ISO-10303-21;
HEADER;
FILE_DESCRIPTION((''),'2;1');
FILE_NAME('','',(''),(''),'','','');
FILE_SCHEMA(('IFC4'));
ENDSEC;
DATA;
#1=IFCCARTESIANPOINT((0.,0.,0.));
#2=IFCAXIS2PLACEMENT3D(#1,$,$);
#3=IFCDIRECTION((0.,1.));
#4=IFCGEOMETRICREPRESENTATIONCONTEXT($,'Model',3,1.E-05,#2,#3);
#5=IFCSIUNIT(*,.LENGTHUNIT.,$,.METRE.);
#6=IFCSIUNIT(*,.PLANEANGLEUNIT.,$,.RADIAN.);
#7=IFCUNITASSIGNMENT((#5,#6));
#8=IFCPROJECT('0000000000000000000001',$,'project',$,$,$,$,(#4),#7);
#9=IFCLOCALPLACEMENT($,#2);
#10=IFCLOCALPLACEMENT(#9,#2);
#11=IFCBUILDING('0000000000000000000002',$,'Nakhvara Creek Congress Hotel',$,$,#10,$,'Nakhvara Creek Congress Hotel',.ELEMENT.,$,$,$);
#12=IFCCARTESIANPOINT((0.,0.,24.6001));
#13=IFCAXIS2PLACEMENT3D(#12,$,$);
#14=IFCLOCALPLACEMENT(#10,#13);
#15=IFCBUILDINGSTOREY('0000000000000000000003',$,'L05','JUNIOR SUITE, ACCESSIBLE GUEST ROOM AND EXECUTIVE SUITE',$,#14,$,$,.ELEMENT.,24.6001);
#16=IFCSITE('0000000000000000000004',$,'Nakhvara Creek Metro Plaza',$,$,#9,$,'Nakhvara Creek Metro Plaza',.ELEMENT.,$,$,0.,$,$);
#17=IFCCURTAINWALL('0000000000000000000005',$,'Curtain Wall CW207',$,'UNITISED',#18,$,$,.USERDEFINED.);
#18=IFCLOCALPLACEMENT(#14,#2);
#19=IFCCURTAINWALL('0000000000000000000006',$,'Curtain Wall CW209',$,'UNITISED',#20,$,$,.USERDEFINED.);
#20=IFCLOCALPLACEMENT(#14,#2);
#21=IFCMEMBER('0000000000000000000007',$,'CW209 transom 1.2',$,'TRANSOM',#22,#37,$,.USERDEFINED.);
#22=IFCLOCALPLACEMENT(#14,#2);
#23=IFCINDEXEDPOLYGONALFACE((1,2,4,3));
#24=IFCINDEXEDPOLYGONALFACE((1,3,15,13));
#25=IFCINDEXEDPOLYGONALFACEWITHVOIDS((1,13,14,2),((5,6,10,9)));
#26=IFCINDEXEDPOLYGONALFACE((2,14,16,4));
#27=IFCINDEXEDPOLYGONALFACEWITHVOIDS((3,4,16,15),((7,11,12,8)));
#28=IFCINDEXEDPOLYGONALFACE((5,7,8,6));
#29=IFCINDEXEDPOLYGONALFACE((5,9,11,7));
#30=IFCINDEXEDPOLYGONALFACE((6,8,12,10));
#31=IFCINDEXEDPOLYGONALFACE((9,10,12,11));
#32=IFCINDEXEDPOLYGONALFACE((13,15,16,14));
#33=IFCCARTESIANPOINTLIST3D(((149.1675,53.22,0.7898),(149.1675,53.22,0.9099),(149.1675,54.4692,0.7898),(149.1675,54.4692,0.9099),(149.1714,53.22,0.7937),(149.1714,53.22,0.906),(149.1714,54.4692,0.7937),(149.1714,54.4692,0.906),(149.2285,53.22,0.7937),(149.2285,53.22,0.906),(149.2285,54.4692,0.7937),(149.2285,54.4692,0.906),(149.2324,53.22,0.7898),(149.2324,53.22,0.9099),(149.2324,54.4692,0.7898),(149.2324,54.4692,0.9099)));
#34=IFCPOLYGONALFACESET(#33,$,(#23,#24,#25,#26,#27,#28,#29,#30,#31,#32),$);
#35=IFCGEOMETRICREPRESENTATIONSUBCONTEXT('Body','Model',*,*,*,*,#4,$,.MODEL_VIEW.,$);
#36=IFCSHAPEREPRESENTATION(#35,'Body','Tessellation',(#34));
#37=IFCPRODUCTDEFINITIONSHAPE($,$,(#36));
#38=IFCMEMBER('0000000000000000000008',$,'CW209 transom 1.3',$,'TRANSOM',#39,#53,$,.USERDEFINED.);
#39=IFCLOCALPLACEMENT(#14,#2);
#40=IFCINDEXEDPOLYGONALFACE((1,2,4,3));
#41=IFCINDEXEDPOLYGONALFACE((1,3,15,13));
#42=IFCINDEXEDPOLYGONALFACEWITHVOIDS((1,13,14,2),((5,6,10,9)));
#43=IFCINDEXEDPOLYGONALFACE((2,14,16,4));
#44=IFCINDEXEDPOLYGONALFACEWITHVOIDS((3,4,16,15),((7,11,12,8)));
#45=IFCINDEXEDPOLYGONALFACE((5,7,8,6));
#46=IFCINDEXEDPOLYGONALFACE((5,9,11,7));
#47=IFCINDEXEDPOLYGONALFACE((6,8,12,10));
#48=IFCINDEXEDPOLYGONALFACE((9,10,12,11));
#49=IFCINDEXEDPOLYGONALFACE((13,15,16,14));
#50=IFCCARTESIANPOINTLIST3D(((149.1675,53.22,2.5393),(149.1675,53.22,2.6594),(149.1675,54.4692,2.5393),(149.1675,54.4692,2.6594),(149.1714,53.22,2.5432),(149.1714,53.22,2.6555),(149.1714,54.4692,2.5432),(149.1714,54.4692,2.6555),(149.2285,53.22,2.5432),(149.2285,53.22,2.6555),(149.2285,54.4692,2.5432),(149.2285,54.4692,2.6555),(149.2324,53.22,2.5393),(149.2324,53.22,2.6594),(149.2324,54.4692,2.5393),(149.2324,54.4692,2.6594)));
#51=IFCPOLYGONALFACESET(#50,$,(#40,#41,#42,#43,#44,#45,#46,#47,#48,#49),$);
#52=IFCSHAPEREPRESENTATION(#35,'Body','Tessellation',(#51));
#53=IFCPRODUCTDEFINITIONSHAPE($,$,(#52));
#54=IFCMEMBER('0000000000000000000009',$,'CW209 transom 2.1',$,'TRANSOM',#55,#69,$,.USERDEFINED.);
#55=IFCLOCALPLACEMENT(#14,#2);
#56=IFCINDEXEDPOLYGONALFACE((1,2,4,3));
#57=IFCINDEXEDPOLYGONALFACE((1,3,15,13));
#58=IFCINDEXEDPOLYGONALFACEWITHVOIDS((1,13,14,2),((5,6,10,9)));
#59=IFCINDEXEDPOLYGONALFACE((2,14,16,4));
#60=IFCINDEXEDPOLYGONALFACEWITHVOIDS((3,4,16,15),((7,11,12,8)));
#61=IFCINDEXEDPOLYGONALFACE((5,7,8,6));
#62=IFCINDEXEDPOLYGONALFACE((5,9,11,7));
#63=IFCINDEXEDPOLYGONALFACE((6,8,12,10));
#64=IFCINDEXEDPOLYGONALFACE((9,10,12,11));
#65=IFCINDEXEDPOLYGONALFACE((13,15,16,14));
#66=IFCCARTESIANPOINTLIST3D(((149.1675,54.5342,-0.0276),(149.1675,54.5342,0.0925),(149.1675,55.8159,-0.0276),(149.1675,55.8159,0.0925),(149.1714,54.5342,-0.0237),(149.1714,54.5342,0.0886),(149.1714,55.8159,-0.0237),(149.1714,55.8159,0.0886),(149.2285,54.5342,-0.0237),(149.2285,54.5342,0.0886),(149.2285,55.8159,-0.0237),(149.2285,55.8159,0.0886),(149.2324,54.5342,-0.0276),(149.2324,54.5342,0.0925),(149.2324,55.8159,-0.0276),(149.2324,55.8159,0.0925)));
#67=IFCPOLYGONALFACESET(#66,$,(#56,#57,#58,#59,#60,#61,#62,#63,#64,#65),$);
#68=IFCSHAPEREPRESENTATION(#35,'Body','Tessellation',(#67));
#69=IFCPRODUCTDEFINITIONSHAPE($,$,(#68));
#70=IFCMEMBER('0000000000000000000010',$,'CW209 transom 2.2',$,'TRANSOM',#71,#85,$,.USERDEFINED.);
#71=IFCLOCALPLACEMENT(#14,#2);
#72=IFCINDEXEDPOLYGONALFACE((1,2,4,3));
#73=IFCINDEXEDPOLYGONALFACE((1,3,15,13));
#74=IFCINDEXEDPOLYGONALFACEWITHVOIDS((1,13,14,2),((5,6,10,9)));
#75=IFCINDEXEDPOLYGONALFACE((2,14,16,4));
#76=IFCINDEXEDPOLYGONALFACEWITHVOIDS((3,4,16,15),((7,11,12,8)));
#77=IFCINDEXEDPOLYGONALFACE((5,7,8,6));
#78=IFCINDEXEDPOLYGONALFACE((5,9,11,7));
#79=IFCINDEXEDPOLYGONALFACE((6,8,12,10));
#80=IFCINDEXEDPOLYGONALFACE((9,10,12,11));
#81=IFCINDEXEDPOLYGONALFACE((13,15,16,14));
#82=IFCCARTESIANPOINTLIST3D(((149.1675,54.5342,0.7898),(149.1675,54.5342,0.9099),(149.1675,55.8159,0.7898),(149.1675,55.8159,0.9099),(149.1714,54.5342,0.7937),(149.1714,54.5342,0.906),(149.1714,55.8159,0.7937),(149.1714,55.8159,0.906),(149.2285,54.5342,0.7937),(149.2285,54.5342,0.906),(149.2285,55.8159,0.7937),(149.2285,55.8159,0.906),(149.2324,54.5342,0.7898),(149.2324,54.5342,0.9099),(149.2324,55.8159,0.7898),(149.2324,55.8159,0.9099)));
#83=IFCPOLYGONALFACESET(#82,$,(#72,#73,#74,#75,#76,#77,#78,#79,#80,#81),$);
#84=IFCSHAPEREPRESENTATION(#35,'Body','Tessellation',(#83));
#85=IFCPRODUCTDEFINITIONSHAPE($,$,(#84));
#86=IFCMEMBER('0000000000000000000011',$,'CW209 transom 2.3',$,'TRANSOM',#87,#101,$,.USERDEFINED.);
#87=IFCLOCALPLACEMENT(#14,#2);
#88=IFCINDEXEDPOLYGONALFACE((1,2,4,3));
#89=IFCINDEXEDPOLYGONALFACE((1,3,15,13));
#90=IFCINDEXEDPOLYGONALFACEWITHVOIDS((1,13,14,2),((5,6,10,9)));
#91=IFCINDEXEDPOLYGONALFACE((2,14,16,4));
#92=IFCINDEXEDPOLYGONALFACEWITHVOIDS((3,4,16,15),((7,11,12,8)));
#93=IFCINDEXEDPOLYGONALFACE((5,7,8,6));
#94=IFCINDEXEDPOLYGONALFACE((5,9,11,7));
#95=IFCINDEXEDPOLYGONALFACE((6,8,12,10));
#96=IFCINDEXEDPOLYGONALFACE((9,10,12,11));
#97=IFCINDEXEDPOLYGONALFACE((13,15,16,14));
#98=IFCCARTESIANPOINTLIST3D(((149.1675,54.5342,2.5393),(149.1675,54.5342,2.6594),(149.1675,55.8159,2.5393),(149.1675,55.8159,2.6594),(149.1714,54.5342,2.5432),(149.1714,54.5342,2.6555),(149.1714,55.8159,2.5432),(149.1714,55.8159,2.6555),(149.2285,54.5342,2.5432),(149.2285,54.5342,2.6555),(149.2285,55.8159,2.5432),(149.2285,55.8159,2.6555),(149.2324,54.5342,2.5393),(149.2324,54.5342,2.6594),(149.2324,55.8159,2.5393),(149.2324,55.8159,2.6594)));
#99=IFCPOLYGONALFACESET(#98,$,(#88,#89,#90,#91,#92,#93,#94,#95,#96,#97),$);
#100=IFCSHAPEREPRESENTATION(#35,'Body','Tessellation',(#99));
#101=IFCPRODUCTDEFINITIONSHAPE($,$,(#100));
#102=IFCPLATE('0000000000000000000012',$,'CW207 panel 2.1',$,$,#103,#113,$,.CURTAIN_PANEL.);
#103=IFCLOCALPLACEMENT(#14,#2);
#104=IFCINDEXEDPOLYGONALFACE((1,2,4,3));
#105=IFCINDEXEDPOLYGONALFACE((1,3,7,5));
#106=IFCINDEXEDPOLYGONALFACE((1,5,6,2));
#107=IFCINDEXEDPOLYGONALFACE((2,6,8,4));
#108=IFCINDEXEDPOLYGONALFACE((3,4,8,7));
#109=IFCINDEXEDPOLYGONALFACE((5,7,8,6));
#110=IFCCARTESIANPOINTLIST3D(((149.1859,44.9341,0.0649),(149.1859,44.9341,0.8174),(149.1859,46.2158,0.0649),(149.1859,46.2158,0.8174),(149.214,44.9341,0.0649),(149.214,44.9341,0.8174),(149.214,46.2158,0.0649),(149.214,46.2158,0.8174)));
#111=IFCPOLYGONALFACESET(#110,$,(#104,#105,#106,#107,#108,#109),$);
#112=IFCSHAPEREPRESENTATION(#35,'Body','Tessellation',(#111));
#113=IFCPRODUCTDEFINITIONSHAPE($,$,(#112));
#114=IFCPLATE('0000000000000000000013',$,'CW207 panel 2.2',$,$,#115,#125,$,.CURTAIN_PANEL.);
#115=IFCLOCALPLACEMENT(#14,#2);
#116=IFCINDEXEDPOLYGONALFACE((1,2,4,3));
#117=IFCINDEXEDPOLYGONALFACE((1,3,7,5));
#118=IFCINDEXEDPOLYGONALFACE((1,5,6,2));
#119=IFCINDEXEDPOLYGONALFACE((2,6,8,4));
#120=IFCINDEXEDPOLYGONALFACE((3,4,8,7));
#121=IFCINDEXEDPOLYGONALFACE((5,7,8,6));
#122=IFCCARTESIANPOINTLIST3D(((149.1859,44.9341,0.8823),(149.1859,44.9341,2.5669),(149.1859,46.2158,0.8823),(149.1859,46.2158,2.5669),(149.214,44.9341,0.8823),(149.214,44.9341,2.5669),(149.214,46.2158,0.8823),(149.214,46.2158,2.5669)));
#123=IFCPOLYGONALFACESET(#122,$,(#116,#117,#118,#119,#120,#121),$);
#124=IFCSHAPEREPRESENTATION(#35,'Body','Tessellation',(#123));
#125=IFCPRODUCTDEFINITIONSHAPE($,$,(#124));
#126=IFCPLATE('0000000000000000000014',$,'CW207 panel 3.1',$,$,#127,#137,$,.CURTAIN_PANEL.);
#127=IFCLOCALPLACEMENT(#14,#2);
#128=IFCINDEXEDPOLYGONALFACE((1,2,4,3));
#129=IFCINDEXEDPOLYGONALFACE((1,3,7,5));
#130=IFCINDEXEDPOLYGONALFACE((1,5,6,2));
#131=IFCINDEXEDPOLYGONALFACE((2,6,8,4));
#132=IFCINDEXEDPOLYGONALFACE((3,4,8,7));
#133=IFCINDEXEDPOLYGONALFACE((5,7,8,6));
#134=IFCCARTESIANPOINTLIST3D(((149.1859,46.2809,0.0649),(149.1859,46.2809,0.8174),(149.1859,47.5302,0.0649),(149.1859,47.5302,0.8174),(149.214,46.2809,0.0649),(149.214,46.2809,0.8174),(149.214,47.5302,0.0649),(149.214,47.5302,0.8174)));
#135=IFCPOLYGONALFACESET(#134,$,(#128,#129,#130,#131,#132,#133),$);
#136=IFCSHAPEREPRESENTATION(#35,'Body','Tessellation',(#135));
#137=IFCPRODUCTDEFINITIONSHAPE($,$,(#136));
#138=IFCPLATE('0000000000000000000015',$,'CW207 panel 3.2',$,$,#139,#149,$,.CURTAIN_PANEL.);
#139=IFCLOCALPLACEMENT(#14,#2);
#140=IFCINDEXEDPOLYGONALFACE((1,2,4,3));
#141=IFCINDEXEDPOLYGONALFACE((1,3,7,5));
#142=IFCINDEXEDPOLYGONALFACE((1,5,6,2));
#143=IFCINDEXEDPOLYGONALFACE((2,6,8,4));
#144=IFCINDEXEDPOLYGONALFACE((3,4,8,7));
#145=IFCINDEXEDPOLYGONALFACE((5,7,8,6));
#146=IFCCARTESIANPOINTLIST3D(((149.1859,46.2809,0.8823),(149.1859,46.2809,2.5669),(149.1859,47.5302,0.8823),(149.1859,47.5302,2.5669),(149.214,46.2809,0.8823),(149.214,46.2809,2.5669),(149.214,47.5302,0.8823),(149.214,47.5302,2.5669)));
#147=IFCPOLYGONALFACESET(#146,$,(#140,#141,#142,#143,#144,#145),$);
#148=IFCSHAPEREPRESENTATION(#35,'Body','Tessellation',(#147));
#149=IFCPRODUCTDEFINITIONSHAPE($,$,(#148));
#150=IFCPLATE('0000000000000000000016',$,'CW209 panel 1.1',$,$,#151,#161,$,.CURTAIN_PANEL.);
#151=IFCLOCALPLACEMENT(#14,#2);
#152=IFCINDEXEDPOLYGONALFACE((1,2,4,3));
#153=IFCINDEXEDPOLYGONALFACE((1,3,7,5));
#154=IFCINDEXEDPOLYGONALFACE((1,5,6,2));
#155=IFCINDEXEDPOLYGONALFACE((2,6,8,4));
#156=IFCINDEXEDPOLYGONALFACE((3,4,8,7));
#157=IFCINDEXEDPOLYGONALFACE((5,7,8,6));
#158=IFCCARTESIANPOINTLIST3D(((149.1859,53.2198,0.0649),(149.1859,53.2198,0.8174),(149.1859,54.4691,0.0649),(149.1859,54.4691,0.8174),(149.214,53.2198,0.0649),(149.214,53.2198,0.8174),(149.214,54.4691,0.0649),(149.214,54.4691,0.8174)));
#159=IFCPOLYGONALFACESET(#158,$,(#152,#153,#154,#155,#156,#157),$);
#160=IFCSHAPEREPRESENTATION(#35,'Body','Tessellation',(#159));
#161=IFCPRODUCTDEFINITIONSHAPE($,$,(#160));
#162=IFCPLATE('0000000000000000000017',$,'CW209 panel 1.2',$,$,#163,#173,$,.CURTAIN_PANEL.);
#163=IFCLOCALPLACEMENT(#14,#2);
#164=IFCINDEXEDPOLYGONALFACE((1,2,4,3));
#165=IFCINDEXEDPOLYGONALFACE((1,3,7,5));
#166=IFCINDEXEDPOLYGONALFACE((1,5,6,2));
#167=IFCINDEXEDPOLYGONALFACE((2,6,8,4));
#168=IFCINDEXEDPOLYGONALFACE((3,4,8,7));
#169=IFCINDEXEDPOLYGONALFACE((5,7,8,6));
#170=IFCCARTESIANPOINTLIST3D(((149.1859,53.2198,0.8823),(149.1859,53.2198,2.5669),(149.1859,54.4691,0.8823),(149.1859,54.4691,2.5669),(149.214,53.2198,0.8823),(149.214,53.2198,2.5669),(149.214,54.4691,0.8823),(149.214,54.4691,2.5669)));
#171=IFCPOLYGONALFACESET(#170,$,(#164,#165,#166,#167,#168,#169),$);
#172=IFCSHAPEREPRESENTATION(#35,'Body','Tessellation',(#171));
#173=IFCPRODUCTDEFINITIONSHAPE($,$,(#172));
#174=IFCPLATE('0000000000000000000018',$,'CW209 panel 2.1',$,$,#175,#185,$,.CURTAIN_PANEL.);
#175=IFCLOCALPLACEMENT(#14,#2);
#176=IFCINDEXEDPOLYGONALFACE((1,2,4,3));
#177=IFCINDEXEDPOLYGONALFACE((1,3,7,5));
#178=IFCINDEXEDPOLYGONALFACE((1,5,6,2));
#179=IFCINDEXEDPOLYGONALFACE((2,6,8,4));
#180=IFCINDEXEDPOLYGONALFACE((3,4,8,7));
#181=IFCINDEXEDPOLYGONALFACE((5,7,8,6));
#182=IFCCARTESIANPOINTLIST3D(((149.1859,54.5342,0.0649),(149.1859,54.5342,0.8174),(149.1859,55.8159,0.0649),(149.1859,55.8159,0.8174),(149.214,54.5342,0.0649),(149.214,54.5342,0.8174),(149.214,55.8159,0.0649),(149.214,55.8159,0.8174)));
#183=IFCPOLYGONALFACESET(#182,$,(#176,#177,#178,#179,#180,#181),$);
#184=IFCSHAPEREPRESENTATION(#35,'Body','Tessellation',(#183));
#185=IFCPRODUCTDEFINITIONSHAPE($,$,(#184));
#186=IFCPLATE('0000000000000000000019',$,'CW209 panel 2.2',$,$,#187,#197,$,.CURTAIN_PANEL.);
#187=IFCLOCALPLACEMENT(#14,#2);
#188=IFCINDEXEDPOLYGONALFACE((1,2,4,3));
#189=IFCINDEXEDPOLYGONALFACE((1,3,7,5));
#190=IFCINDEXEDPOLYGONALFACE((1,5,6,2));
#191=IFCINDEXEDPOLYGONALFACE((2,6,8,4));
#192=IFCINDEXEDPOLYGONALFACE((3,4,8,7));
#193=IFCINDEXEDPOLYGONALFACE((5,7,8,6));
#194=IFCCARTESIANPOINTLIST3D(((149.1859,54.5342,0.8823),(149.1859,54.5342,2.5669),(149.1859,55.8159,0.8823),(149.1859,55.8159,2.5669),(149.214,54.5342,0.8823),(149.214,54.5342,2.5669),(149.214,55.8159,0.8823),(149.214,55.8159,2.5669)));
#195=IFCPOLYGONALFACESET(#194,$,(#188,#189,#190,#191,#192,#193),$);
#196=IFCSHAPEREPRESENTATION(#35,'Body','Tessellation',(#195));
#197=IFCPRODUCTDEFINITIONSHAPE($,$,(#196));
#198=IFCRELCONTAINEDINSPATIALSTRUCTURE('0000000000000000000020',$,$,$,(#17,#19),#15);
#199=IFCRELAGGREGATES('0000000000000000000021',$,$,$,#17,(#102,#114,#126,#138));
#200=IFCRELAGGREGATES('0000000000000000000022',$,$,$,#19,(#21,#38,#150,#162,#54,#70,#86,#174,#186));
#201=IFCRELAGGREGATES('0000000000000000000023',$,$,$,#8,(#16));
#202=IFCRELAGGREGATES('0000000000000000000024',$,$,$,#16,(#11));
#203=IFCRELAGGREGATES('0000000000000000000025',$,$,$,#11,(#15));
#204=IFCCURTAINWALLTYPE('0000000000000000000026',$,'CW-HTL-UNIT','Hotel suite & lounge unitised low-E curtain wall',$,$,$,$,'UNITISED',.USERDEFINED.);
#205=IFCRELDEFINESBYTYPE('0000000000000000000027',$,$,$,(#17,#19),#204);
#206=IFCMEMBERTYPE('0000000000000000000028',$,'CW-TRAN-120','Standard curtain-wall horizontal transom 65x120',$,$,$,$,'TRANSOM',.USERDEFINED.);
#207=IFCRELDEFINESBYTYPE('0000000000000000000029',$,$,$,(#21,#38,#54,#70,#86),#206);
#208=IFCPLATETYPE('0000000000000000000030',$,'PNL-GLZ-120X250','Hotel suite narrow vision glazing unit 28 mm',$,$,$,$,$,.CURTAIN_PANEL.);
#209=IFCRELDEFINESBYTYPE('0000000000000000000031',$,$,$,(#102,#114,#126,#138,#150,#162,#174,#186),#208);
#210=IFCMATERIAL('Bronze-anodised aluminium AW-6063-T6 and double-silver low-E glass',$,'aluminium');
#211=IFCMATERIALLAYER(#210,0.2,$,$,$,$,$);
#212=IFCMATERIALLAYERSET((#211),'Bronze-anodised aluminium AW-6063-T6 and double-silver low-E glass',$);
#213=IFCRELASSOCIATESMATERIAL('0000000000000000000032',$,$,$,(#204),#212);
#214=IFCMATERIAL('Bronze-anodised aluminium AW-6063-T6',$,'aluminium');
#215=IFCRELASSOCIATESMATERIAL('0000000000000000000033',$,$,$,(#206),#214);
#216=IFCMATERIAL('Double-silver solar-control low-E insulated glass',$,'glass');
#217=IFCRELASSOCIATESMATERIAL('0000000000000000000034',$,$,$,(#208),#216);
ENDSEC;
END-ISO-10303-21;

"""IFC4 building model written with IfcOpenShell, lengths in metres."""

from ifc_helpers import new_model, si_unit, direction, frame, origin, origin_2d, place, context, subcontext, project, spatial, rectangle, hollow_rectangle, extrude, material, layer, layer_set, material_profile, profile_set, type_object, element, aggregate, save


model = new_model("IFC4")

# Units and contexts
model_context = context("Model", 3, precision=1e-05, world=origin(), true_north=direction((0.0, 1.0)))
body_context = subcontext(model_context, "Body", "Model", "MODEL_VIEW")
ifc_project = project(units=[si_unit("LENGTHUNIT", "METRE"), si_unit("PLANEANGLEUNIT", "RADIAN")], contexts=[model_context])

# Site, building, storey
site_placement = place(None, origin())
site = spatial("IfcSite", under=ifc_project, at=site_placement, Name="Nakhvara Creek Metro Plaza", LongName="Nakhvara Creek Metro Plaza", CompositionType="ELEMENT", RefElevation=0.0)
building_placement = place(site_placement, origin())
building = spatial("IfcBuilding", under=site, at=building_placement, Name="Nakhvara Creek Congress Hotel", LongName="Nakhvara Creek Congress Hotel", CompositionType="ELEMENT")
storey_placement = place(building_placement, frame((0.0, 0.0, 24.6001)))
storey = spatial("IfcBuildingStorey", under=building, at=storey_placement, Name="L05", Description="JUNIOR SUITE, ACCESSIBLE GUEST ROOM AND EXECUTIVE SUITE", CompositionType="ELEMENT", Elevation=24.6001)

# Curtain walls
ifc_material_1 = material(Name="Bronze-anodised aluminium AW-6063-T6 and double-silver low-E glass", Category="aluminium")
ifc_layer = layer(ifc_material_1, 0.2)
ifc_layer_set = layer_set([ifc_layer], Name="Bronze-anodised aluminium AW-6063-T6 and double-silver low-E glass")
curtain_wall_type = type_object("IfcCurtainWallType", Name="CW-HTL-UNIT", Description="Hotel suite & lounge unitised low-E curtain wall", ElementType="UNITISED", PredefinedType="USERDEFINED", material=ifc_layer_set)
curtain_wall_1_placement = place(storey_placement, origin())
curtain_wall_1 = element("IfcCurtainWall", 1, at=curtain_wall_1_placement, inside=storey, type_object=curtain_wall_type, Name="Curtain Wall CW207", ObjectType="UNITISED", PredefinedType="USERDEFINED")
ifc_material_2 = material(Name="Bronze-anodised aluminium AW-6063-T6", Category="aluminium")
curtain_wall_2_placement = place(storey_placement, origin())
curtain_wall_2 = element("IfcCurtainWall", 2, at=curtain_wall_2_placement, inside=storey, type_object=curtain_wall_type, Name="Curtain Wall CW209", ObjectType="UNITISED", PredefinedType="USERDEFINED")

# Members
ifc_material_profile_1 = material_profile(ifc_material_2, hollow_rectangle(XDim=0.0649, YDim=0.1201, WallThickness=0.0039, at=origin_2d()), Name="ALU-TRAN 65x120x4", Category="LoadBearing")
ifc_profile_set_1 = profile_set([ifc_material_profile_1], Name="Bronze-anodised aluminium AW-6063-T6")
member_type_1 = type_object("IfcMemberType", Name="CW-TRAN-120", Description="Standard curtain-wall horizontal transom 65x120", ElementType="TRANSOM", PredefinedType="USERDEFINED", material=ifc_profile_set_1)
member_1_placement = place(storey_placement, frame((149.2, 53.22, 0.8499), z_axis=(0.0, 1.0, 0.0), x_axis=(-1.0, 0.0, 0.0)))
member_1 = element("IfcMember", 3, at=member_1_placement, type_object=member_type_1, Name="CW209 transom 1.2", ObjectType="TRANSOM", PredefinedType="USERDEFINED", context=body_context, shape_type="SweptSolid", body=[
    extrude(hollow_rectangle(XDim=0.0649, YDim=0.1201, WallThickness=0.0039, at=origin_2d()), origin(), (0.0, 0.0, 1.0), 1.2493),
])
member_2_placement = place(storey_placement, frame((149.2, 53.22, 2.5994), z_axis=(0.0, 1.0, 0.0), x_axis=(-1.0, 0.0, 0.0)))
member_2 = element("IfcMember", 4, at=member_2_placement, type_object=member_type_1, Name="CW209 transom 1.3", ObjectType="TRANSOM", PredefinedType="USERDEFINED", context=body_context, shape_type="SweptSolid", body=[
    extrude(hollow_rectangle(XDim=0.0649, YDim=0.1201, WallThickness=0.0039, at=origin_2d()), origin(), (0.0, 0.0, 1.0), 1.2493),
])
member_3_placement = place(storey_placement, frame((149.2, 54.5342, 0.0325), z_axis=(0.0, 1.0, 0.0), x_axis=(-1.0, 0.0, 0.0)))
member_3 = element("IfcMember", 5, at=member_3_placement, type_object=member_type_1, Name="CW209 transom 2.1", ObjectType="TRANSOM", PredefinedType="USERDEFINED", context=body_context, shape_type="SweptSolid", body=[
    extrude(hollow_rectangle(XDim=0.0649, YDim=0.1201, WallThickness=0.0039, at=origin_2d()), origin(), (0.0, 0.0, 1.0), 1.2817),
])
member_4_placement = place(storey_placement, frame((149.2, 54.5342, 0.8499), z_axis=(0.0, 1.0, 0.0), x_axis=(-1.0, 0.0, 0.0)))
member_4 = element("IfcMember", 6, at=member_4_placement, type_object=member_type_1, Name="CW209 transom 2.2", ObjectType="TRANSOM", PredefinedType="USERDEFINED", context=body_context, shape_type="SweptSolid", body=[
    extrude(hollow_rectangle(XDim=0.0649, YDim=0.1201, WallThickness=0.0039, at=origin_2d()), origin(), (0.0, 0.0, 1.0), 1.2817),
])
member_5_placement = place(storey_placement, frame((149.2, 54.5342, 2.5994), z_axis=(0.0, 1.0, 0.0), x_axis=(-1.0, 0.0, 0.0)))
member_5 = element("IfcMember", 7, at=member_5_placement, type_object=member_type_1, Name="CW209 transom 2.3", ObjectType="TRANSOM", PredefinedType="USERDEFINED", context=body_context, shape_type="SweptSolid", body=[
    extrude(hollow_rectangle(XDim=0.0649, YDim=0.1201, WallThickness=0.0039, at=origin_2d()), origin(), (0.0, 0.0, 1.0), 1.2817),
])

# Plates
ifc_material_3 = material(Name="Double-silver solar-control low-E insulated glass", Category="glass")
plate_type = type_object("IfcPlateType", Name="PNL-GLZ-120X250", Description="Hotel suite narrow vision glazing unit 28 mm", PredefinedType="CURTAIN_PANEL", material=ifc_material_3)
plate_1_placement = place(storey_placement, frame((149.2, 45.575, 0.0649), z_axis=(0.0, 0.0, 1.0), x_axis=(0.0, 1.0, 0.0)))
plate_1 = element("IfcPlate", 8, at=plate_1_placement, type_object=plate_type, Name="CW207 panel 2.1", PredefinedType="CURTAIN_PANEL", context=body_context, shape_type="SweptSolid", body=[
    extrude(rectangle(XDim=1.2817, YDim=0.0281, at=origin_2d()), origin(), (0.0, 0.0, 1.0), 0.7524),
])
plate_2_placement = place(storey_placement, frame((149.2, 45.575, 0.8823), z_axis=(0.0, 0.0, 1.0), x_axis=(0.0, 1.0, 0.0)))
plate_2 = element("IfcPlate", 9, at=plate_2_placement, type_object=plate_type, Name="CW207 panel 2.2", PredefinedType="CURTAIN_PANEL", context=body_context, shape_type="SweptSolid", body=[
    extrude(rectangle(XDim=1.2817, YDim=0.0281, at=origin_2d()), origin(), (0.0, 0.0, 1.0), 1.6846),
])
plate_3_placement = place(storey_placement, frame((149.2, 46.9055, 0.0649), z_axis=(0.0, 0.0, 1.0), x_axis=(0.0, 1.0, 0.0)))
plate_3 = element("IfcPlate", 10, at=plate_3_placement, type_object=plate_type, Name="CW207 panel 3.1", PredefinedType="CURTAIN_PANEL", context=body_context, shape_type="SweptSolid", body=[
    extrude(rectangle(XDim=1.2493, YDim=0.0281, at=origin_2d()), origin(), (0.0, 0.0, 1.0), 0.7524),
])
plate_4_placement = place(storey_placement, frame((149.2, 46.9055, 0.8823), z_axis=(0.0, 0.0, 1.0), x_axis=(0.0, 1.0, 0.0)))
plate_4 = element("IfcPlate", 11, at=plate_4_placement, type_object=plate_type, Name="CW207 panel 3.2", PredefinedType="CURTAIN_PANEL", context=body_context, shape_type="SweptSolid", body=[
    extrude(rectangle(XDim=1.2493, YDim=0.0281, at=origin_2d()), origin(), (0.0, 0.0, 1.0), 1.6846),
])
aggregate(curtain_wall_1, [plate_1, plate_2, plate_3, plate_4])
plate_5_placement = place(storey_placement, frame((149.2, 53.8445, 0.0649), z_axis=(0.0, 0.0, 1.0), x_axis=(0.0, 1.0, 0.0)))
plate_5 = element("IfcPlate", 12, at=plate_5_placement, type_object=plate_type, Name="CW209 panel 1.1", PredefinedType="CURTAIN_PANEL", context=body_context, shape_type="SweptSolid", body=[
    extrude(rectangle(XDim=1.2493, YDim=0.0281, at=origin_2d()), origin(), (0.0, 0.0, 1.0), 0.7524),
])
plate_6_placement = place(storey_placement, frame((149.2, 53.8445, 0.8823), z_axis=(0.0, 0.0, 1.0), x_axis=(0.0, 1.0, 0.0)))
plate_6 = element("IfcPlate", 13, at=plate_6_placement, type_object=plate_type, Name="CW209 panel 1.2", PredefinedType="CURTAIN_PANEL", context=body_context, shape_type="SweptSolid", body=[
    extrude(rectangle(XDim=1.2493, YDim=0.0281, at=origin_2d()), origin(), (0.0, 0.0, 1.0), 1.6846),
])
plate_7_placement = place(storey_placement, frame((149.2, 55.175, 0.0649), z_axis=(0.0, 0.0, 1.0), x_axis=(0.0, 1.0, 0.0)))
plate_7 = element("IfcPlate", 14, at=plate_7_placement, type_object=plate_type, Name="CW209 panel 2.1", PredefinedType="CURTAIN_PANEL", context=body_context, shape_type="SweptSolid", body=[
    extrude(rectangle(XDim=1.2817, YDim=0.0281, at=origin_2d()), origin(), (0.0, 0.0, 1.0), 0.7524),
])
plate_8_placement = place(storey_placement, frame((149.2, 55.175, 0.8823), z_axis=(0.0, 0.0, 1.0), x_axis=(0.0, 1.0, 0.0)))
plate_8 = element("IfcPlate", 15, at=plate_8_placement, type_object=plate_type, Name="CW209 panel 2.2", PredefinedType="CURTAIN_PANEL", context=body_context, shape_type="SweptSolid", body=[
    extrude(rectangle(XDim=1.2817, YDim=0.0281, at=origin_2d()), origin(), (0.0, 0.0, 1.0), 1.6846),
])
aggregate(curtain_wall_2, [member_1, member_2, plate_5, plate_6, member_3, member_4, member_5, plate_7, plate_8])

save(model, "model.ifc")
